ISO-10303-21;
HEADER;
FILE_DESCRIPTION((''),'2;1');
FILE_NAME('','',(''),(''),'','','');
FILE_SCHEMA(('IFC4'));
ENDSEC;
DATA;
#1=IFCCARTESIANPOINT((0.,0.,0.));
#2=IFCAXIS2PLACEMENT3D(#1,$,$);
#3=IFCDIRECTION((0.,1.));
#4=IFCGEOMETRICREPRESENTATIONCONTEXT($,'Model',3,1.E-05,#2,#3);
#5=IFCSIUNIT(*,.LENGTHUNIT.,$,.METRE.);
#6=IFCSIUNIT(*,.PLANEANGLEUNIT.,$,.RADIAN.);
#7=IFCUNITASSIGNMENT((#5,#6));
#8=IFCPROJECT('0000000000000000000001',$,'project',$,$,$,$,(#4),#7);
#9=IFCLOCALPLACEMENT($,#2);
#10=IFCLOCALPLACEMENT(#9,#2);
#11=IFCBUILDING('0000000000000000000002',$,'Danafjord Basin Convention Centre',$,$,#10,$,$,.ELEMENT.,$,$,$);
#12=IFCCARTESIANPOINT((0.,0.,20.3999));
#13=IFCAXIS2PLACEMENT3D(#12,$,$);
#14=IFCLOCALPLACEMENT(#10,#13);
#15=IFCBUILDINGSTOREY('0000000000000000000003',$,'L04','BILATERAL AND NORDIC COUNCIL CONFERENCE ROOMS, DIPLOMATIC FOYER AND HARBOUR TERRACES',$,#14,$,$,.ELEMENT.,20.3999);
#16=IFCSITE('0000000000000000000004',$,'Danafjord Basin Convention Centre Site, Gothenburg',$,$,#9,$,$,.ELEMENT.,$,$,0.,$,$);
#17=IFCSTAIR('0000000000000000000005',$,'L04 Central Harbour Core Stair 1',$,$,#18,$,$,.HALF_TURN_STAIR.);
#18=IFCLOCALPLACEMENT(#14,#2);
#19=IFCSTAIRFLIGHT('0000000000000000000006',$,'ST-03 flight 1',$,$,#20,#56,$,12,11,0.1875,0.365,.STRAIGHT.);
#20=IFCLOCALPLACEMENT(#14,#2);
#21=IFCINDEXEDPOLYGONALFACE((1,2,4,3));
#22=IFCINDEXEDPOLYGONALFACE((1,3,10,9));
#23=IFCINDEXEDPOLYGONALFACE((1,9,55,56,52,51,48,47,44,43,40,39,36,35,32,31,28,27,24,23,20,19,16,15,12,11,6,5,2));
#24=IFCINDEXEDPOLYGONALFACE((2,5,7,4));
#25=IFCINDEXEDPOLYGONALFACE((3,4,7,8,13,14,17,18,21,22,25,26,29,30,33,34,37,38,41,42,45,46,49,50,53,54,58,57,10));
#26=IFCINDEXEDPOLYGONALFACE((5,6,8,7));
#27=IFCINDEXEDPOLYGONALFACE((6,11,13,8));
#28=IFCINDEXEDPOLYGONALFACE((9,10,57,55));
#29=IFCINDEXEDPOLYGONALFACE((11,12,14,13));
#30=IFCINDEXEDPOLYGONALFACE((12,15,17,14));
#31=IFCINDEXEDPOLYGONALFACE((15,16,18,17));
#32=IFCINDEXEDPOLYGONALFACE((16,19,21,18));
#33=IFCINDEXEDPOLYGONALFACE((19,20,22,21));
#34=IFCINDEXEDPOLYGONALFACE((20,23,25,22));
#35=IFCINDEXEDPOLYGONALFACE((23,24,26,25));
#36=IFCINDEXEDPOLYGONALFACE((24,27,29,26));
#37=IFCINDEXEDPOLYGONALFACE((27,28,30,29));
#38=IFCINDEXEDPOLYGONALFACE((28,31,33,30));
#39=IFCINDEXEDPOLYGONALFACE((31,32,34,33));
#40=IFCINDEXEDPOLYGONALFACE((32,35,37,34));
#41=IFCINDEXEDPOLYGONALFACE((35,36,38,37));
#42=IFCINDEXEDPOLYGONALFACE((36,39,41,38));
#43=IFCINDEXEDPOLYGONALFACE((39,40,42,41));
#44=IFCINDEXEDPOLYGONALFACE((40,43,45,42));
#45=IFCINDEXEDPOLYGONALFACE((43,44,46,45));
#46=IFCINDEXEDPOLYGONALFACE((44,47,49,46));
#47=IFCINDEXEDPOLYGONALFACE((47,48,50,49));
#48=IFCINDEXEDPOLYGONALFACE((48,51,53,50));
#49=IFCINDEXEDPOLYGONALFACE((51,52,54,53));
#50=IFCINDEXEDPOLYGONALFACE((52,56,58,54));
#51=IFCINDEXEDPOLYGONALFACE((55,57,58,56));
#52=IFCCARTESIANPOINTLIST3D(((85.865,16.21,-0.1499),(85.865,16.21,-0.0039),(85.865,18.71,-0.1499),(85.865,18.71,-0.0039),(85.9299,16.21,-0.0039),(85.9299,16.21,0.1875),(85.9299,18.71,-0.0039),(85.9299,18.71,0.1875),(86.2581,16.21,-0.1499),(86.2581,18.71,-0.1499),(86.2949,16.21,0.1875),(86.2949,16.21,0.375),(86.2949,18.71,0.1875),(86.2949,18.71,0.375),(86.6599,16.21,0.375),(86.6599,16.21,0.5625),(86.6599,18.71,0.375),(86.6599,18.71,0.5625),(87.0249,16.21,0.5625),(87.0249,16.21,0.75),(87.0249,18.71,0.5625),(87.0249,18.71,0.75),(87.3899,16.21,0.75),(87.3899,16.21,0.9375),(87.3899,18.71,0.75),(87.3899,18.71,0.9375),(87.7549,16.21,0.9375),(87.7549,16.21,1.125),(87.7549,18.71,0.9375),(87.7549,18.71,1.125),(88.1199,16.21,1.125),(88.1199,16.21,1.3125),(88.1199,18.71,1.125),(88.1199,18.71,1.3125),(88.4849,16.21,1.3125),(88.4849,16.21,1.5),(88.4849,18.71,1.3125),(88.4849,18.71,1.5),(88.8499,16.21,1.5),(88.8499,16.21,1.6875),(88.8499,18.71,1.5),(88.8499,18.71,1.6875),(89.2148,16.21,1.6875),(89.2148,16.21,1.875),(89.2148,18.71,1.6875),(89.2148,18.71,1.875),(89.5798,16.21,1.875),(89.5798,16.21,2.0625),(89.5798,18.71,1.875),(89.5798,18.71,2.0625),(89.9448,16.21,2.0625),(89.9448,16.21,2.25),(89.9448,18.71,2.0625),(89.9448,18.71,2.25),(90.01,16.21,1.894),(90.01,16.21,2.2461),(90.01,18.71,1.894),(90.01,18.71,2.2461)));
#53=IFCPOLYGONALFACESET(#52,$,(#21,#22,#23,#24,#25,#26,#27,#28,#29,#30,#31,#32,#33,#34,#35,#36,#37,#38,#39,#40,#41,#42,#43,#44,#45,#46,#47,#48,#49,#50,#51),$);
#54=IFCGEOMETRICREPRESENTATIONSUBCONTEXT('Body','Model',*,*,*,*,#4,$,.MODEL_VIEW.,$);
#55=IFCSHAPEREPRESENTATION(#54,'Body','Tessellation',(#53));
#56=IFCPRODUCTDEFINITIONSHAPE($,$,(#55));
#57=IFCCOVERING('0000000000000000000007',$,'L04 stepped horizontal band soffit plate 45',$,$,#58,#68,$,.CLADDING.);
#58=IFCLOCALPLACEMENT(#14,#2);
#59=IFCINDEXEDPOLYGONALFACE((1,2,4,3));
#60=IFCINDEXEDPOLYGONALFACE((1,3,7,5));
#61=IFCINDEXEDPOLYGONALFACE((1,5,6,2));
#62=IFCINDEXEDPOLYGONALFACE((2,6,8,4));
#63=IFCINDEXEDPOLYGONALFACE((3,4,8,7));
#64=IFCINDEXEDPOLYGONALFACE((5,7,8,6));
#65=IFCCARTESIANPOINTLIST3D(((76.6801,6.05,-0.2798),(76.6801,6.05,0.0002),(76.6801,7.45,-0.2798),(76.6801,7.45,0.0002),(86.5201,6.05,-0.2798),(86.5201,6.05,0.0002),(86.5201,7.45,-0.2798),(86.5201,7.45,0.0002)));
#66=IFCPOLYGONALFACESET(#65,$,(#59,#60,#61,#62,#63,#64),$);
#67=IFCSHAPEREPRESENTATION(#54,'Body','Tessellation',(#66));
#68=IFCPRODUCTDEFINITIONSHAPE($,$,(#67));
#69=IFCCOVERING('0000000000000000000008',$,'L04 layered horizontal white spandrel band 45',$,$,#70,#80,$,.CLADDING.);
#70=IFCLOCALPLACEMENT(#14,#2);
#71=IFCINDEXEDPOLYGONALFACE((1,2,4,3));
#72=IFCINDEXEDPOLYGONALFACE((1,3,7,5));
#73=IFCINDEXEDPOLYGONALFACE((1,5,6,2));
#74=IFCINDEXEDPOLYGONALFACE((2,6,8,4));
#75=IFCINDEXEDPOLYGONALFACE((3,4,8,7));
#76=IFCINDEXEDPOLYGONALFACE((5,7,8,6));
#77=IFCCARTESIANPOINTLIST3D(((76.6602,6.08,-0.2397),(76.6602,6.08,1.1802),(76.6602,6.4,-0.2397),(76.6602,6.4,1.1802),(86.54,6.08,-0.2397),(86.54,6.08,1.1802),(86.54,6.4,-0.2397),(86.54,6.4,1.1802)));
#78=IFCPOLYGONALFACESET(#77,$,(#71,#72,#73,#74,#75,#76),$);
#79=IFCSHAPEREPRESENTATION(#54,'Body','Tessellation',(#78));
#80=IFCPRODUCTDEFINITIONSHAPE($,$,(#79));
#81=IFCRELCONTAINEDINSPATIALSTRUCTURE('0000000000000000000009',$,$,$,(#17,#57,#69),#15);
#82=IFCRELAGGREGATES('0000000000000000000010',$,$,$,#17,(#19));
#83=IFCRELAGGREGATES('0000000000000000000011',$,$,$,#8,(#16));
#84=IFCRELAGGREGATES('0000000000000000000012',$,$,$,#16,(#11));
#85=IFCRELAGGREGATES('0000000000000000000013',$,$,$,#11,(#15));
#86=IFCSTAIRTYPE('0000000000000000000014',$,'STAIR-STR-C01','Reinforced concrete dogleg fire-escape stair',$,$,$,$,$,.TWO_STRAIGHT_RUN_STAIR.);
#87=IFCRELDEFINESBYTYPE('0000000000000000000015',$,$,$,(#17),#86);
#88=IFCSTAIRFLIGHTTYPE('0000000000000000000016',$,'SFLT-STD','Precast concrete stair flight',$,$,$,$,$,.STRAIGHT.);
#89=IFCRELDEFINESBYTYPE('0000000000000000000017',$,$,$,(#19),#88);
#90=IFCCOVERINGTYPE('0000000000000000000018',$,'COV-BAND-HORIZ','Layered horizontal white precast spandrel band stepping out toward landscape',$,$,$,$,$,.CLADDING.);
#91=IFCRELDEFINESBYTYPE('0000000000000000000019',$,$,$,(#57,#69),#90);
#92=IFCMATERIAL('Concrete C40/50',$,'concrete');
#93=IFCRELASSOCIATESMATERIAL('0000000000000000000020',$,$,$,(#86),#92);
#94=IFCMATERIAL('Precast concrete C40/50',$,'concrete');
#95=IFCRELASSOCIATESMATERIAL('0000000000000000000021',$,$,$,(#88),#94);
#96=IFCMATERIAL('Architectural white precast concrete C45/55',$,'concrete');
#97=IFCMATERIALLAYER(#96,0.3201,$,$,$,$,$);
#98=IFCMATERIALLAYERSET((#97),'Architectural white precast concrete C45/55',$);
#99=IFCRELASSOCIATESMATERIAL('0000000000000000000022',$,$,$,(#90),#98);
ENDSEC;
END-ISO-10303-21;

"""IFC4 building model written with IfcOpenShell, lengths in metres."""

from ifc_helpers import new_model, si_unit, direction, frame, origin, origin_2d, place, context, subcontext, project, spatial, polyline, rectangle, outline, extrude, material, layer, layer_set, type_object, element, aggregate, save


model = new_model("IFC4")

# Units and contexts
model_context = context("Model", 3, precision=1e-05, world=origin(), true_north=direction((0.0, 1.0)))
body_context = subcontext(model_context, "Body", "Model", "MODEL_VIEW")
ifc_project = project(units=[si_unit("LENGTHUNIT", "METRE"), si_unit("PLANEANGLEUNIT", "RADIAN")], contexts=[model_context])

# Site, building, storey
site_placement = place(None, origin())
site = spatial("IfcSite", under=ifc_project, at=site_placement, Name="Danafjord Basin Convention Centre Site, Gothenburg", CompositionType="ELEMENT", RefElevation=0.0)
building_placement = place(site_placement, origin())
building = spatial("IfcBuilding", under=site, at=building_placement, Name="Danafjord Basin Convention Centre", CompositionType="ELEMENT")
storey_placement = place(building_placement, frame((0.0, 0.0, 20.3999)))
storey = spatial("IfcBuildingStorey", under=building, at=storey_placement, Name="L04", Description="BILATERAL AND NORDIC COUNCIL CONFERENCE ROOMS, DIPLOMATIC FOYER AND HARBOUR TERRACES", CompositionType="ELEMENT", Elevation=20.3999)

# Stair, stair flight
ifc_material_1 = material(Name="Concrete C40/50", Category="concrete")
stair_type = type_object("IfcStairType", Name="STAIR-STR-C01", Description="Reinforced concrete dogleg fire-escape stair", PredefinedType="TWO_STRAIGHT_RUN_STAIR", material=ifc_material_1)
stair_placement = place(storey_placement, origin())
stair = element("IfcStair", 1, at=stair_placement, inside=storey, type_object=stair_type, Name="L04 Central Harbour Core Stair 1", PredefinedType="HALF_TURN_STAIR")
ifc_material_2 = material(Name="Precast concrete C40/50", Category="concrete")
stair_flight_type = type_object("IfcStairFlightType", Name="SFLT-STD", Description="Precast concrete stair flight", PredefinedType="STRAIGHT", material=ifc_material_2)
stair_flight_placement = place(storey_placement, frame((85.9299, 17.46, 0.0), z_axis=(0.0, 0.0, 1.0), x_axis=(1.0, 0.0, 0.0)))
stair_flight = element("IfcStairFlight", 2, at=stair_flight_placement, type_object=stair_flight_type, Name="ST-03 flight 1", NumberOfRisers=12, NumberOfTreads=11, PredefinedType="STRAIGHT", RiserHeight=0.1875, TreadLength=0.365, context=body_context, shape_type="SweptSolid", body=[
    extrude(outline(polyline([(-0.0649, -0.1499), (-0.0649, -0.0039), (0.0, -0.0039), (0.0, 0.1875), (0.365, 0.1875), (0.365, 0.375), (0.73, 0.375), (0.73, 0.5625), (1.095, 0.5625), (1.095, 0.75), (1.46, 0.75), (1.46, 0.9375), (1.825, 0.9375), (1.825, 1.125), (2.1899, 1.125), (2.1899, 1.3125), (2.5549, 1.3125), (2.5549, 1.5), (2.9199, 1.5), (2.9199, 1.6875), (3.2849, 1.6875), (3.2849, 1.875), (3.6499, 1.875), (3.6499, 2.0625), (4.0149, 2.0625), (4.0149, 2.25), (4.0801, 2.2461), (4.0801, 1.894), (0.3281, -0.1499), (-0.0649, -0.1499)])), frame((0.0, 1.25, 0.0), z_axis=(0.0, -1.0, 0.0), x_axis=(1.0, 0.0, 0.0)), (0.0, 0.0, 1.0), 2.5),
])
aggregate(stair, [stair_flight])

# Coverings
ifc_material_3 = material(Name="Architectural white precast concrete C45/55", Category="concrete")
ifc_layer_1 = layer(ifc_material_3, 0.3201)
ifc_layer_set_1 = layer_set([ifc_layer_1], Name="Architectural white precast concrete C45/55")
covering_type = type_object("IfcCoveringType", Name="COV-BAND-HORIZ", Description="Layered horizontal white precast spandrel band stepping out toward landscape", PredefinedType="CLADDING", material=ifc_layer_set_1)
covering_1_placement = place(storey_placement, frame((81.6001, 6.75, -0.2798), z_axis=(0.0, 0.0, 1.0), x_axis=(1.0, 0.0, 0.0)))
element("IfcCovering", 3, at=covering_1_placement, inside=storey, type_object=covering_type, Name="L04 stepped horizontal band soffit plate 45", PredefinedType="CLADDING", context=body_context, shape_type="SweptSolid", body=[
    extrude(rectangle(XDim=9.8401, YDim=1.3999, at=origin_2d()), origin(), (0.0, 0.0, 1.0), 0.28),
])
covering_2_placement = place(storey_placement, frame((81.6001, 6.24, -0.2397), z_axis=(0.0, 0.0, 1.0), x_axis=(1.0, 0.0, 0.0)))
element("IfcCovering", 4, at=covering_2_placement, inside=storey, type_object=covering_type, Name="L04 layered horizontal white spandrel band 45", PredefinedType="CLADDING", context=body_context, shape_type="SweptSolid", body=[
    extrude(rectangle(XDim=9.8799, YDim=0.3201, at=origin_2d()), origin(), (0.0, 0.0, 1.0), 1.4199),
])

save(model, "model.ifc")
